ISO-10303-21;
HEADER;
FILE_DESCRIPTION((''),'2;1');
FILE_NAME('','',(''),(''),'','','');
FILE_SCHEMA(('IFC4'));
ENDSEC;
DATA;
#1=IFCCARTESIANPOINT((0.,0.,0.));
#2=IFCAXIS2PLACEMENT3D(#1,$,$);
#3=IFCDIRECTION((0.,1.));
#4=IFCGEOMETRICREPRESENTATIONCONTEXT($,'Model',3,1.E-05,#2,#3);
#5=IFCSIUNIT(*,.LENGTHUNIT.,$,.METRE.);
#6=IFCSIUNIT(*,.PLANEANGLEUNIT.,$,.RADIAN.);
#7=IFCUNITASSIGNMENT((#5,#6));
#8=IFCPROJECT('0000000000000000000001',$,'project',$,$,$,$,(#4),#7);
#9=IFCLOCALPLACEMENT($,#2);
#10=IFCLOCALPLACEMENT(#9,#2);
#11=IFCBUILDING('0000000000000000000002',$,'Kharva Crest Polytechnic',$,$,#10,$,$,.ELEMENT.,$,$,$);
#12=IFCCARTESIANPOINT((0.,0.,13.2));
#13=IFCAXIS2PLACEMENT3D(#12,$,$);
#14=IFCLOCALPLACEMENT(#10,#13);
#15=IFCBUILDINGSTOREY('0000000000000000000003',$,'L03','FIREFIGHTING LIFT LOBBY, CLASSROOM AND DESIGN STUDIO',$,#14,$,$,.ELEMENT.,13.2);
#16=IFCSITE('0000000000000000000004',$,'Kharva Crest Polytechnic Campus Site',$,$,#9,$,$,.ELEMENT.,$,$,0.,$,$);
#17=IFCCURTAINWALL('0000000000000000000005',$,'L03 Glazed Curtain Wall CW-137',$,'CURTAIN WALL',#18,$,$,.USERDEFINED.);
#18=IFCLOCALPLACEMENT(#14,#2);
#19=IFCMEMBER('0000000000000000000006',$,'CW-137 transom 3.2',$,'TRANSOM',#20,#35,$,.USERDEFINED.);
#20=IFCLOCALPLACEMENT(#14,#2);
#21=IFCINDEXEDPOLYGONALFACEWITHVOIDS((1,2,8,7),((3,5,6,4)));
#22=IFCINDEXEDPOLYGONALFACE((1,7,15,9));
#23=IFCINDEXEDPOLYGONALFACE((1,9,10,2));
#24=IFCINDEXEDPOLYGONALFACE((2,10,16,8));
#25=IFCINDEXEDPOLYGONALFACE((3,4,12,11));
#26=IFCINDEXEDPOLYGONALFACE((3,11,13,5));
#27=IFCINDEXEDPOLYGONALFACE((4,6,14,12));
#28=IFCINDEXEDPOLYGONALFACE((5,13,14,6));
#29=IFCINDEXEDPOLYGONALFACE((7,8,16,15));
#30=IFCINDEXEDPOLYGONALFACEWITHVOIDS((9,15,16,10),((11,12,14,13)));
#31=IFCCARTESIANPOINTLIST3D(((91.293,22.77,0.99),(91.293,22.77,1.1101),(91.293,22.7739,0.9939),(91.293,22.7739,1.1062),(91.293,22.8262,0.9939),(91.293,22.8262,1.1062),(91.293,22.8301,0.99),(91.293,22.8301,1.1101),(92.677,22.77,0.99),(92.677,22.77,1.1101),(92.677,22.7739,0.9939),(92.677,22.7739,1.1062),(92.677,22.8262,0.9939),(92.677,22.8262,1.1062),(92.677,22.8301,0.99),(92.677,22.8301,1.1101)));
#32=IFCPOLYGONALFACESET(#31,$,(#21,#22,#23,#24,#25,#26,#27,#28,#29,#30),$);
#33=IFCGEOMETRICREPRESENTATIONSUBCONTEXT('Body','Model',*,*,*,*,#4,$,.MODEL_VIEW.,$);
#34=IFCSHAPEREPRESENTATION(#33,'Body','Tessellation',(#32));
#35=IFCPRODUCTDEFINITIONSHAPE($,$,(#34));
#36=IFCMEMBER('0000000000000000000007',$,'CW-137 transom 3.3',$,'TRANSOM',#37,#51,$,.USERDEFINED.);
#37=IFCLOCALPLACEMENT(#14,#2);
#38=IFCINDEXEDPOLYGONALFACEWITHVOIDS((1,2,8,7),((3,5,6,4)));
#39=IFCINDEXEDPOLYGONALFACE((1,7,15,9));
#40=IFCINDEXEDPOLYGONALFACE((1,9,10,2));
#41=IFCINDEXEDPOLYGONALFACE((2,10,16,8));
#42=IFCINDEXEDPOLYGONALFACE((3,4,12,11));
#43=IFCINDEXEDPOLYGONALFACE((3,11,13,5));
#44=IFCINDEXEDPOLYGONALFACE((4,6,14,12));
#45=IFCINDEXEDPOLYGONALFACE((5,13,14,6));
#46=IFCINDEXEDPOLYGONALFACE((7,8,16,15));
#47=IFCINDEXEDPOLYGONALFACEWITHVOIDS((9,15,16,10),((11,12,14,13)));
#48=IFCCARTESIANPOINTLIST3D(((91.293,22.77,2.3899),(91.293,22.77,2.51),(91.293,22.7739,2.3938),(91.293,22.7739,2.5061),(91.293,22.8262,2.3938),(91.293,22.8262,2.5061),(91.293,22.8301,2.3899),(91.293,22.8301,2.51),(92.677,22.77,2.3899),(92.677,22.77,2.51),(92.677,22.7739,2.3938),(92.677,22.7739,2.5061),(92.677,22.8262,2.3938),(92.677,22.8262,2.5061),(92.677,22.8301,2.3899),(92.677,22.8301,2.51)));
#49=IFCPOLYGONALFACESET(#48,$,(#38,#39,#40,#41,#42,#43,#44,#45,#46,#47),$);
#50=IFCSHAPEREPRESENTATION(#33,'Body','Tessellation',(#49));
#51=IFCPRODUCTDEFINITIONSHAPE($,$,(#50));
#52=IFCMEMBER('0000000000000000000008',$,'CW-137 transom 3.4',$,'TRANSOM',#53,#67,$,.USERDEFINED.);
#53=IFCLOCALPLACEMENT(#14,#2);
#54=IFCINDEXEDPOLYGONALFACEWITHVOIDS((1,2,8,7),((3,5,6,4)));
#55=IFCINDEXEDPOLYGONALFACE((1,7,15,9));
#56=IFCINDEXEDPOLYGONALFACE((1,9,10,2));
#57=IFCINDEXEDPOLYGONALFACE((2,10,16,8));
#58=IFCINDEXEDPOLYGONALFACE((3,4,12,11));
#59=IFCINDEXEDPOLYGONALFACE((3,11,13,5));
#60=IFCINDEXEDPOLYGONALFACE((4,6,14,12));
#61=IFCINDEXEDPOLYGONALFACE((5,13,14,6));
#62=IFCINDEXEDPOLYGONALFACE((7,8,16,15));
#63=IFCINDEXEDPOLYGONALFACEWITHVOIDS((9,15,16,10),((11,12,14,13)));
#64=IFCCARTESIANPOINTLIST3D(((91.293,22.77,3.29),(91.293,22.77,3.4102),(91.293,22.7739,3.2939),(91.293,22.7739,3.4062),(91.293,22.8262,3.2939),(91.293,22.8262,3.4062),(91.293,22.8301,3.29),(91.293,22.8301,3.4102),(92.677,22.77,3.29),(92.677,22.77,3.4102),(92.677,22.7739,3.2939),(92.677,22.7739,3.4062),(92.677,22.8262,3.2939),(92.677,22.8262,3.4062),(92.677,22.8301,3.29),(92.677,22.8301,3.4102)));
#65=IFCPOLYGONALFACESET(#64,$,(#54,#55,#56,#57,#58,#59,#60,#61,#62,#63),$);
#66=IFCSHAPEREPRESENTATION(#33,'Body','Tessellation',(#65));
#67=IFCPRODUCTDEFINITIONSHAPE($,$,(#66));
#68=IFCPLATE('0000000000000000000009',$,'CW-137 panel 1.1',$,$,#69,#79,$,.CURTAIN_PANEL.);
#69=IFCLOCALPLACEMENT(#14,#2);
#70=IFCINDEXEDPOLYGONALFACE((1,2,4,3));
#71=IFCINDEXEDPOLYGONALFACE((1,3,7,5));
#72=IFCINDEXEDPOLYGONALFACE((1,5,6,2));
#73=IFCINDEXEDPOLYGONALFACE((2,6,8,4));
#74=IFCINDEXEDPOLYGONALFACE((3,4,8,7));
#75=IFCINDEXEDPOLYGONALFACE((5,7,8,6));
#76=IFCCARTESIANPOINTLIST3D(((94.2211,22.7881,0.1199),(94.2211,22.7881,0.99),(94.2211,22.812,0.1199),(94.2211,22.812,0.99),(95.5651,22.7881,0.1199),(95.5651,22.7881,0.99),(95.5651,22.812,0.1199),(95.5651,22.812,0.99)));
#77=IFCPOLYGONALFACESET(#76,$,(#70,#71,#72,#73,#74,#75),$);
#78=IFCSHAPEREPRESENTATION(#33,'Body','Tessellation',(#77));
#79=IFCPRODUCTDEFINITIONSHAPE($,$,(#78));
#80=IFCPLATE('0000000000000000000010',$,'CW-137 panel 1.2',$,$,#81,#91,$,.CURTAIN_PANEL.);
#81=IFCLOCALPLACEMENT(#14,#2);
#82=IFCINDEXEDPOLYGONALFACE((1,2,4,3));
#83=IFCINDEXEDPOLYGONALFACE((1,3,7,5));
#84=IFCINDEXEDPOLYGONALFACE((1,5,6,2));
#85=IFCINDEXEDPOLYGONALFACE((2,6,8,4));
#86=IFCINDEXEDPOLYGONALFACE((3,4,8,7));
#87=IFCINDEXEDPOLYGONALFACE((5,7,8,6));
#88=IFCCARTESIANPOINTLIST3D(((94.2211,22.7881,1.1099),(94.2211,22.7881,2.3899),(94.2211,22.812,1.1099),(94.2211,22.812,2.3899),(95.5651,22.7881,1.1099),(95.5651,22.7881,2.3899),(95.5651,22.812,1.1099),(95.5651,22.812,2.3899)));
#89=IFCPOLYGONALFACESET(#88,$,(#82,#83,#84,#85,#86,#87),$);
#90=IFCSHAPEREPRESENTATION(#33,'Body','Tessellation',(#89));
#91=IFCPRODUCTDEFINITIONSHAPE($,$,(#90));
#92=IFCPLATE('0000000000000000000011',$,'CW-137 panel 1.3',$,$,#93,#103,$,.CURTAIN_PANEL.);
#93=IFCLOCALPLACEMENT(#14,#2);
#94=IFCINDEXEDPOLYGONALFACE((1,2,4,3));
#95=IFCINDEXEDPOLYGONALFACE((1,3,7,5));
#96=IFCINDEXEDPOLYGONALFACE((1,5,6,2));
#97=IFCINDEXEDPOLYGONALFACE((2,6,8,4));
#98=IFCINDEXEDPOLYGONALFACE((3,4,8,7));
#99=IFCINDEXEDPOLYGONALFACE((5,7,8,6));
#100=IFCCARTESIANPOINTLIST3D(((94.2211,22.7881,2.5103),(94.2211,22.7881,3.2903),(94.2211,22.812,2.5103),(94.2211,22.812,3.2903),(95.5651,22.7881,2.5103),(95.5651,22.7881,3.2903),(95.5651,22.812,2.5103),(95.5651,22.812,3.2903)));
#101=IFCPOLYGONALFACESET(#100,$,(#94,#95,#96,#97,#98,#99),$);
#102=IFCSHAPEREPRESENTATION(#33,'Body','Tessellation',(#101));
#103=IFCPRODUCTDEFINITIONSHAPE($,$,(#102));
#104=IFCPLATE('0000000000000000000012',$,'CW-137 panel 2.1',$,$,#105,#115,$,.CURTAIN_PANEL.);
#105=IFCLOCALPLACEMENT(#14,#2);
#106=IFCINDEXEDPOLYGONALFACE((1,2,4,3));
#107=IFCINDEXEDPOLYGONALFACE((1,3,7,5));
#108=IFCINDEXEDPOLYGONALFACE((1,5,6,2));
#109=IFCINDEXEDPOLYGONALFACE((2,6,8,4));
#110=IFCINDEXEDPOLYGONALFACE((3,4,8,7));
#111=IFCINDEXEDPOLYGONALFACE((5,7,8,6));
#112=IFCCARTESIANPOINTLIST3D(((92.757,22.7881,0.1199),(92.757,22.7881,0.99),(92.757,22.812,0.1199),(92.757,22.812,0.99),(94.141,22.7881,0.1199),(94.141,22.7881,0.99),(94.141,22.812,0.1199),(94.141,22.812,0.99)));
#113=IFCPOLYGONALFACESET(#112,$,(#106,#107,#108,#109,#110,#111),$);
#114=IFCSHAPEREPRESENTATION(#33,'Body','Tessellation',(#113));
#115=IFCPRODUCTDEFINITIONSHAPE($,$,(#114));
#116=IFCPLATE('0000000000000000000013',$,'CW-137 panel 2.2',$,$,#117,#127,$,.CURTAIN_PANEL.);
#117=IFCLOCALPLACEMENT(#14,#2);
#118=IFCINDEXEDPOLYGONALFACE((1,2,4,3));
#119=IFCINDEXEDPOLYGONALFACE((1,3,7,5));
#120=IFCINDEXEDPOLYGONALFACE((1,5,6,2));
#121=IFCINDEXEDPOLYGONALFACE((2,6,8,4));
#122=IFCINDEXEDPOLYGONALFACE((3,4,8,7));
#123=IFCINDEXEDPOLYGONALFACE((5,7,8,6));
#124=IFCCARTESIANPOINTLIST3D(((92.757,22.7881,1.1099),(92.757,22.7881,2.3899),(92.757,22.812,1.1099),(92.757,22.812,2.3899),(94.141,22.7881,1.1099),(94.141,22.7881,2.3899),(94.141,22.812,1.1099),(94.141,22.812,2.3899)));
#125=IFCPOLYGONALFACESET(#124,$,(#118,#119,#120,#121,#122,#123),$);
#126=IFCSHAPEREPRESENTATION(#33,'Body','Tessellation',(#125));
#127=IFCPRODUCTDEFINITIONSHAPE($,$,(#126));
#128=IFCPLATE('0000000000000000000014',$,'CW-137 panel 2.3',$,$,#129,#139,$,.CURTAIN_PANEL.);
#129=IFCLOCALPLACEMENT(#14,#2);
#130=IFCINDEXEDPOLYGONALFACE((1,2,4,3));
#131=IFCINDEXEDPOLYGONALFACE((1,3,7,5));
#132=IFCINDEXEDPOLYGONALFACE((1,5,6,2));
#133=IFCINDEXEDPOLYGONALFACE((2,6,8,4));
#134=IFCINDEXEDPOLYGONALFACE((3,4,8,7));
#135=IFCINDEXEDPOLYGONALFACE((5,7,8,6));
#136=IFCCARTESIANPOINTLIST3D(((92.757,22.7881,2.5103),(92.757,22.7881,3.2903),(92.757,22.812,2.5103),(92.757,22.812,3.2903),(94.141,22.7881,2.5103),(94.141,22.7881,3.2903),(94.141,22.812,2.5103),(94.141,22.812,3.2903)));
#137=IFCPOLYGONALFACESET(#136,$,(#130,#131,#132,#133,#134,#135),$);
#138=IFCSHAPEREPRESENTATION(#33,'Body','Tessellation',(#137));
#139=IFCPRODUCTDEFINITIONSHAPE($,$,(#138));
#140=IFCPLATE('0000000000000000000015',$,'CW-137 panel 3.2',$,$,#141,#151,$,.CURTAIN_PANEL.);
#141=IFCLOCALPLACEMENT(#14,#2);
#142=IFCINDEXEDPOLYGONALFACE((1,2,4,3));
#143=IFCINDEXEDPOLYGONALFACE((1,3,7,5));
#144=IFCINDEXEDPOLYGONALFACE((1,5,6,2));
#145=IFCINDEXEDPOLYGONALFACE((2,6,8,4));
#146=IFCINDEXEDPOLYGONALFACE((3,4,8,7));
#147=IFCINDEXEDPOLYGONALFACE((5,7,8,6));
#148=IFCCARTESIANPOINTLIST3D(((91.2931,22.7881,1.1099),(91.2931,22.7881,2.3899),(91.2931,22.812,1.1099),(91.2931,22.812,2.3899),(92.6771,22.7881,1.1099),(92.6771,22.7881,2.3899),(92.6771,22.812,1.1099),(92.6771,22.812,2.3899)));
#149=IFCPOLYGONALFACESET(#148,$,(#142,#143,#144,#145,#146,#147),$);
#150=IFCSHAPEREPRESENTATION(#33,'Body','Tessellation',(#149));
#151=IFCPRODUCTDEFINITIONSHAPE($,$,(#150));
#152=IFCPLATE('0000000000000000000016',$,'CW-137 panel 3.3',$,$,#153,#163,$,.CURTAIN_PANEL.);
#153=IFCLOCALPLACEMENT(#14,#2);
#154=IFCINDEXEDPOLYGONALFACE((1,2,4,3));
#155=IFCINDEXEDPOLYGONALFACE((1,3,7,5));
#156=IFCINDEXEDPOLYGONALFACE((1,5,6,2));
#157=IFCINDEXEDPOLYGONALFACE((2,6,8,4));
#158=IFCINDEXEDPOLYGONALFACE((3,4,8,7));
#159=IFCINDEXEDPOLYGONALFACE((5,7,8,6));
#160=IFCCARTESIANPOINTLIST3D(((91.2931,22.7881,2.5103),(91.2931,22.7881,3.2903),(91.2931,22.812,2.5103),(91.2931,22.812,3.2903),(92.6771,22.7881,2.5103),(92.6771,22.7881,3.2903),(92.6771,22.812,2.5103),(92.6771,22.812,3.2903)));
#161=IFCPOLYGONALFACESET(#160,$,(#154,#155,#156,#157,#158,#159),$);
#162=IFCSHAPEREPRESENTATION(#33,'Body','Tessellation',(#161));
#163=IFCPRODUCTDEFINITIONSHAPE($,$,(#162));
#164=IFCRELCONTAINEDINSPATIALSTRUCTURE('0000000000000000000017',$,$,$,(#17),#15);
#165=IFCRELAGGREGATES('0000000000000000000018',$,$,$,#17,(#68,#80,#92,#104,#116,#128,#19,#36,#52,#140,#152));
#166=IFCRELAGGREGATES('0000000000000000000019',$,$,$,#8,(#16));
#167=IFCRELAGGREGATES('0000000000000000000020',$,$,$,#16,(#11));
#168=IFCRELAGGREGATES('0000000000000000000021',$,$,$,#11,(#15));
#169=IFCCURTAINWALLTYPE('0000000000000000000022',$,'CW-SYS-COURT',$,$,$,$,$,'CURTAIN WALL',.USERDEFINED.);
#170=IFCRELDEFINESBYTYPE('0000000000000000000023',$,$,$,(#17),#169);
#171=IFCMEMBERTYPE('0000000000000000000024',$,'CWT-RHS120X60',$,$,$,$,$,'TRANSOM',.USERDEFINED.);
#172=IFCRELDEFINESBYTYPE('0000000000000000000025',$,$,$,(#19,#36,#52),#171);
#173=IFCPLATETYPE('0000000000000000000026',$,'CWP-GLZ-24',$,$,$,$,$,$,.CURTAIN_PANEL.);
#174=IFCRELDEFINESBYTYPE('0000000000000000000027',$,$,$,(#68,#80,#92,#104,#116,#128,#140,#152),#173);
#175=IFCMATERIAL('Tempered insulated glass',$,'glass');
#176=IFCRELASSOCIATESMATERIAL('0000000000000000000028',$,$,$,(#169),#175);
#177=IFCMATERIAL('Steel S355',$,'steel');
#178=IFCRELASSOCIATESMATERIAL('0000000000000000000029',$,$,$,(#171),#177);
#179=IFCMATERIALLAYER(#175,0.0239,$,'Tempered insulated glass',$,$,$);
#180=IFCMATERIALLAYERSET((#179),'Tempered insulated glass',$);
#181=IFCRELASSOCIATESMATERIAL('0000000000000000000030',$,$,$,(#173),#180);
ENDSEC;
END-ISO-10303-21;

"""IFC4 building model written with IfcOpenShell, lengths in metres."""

from ifc_helpers import new_model, si_unit, direction, frame, origin, origin_2d, place, context, subcontext, project, spatial, rectangle, hollow_rectangle, extrude, material, layer, layer_set, material_profile, profile_set, type_object, element, aggregate, save


model = new_model("IFC4")

# Units and contexts
model_context = context("Model", 3, precision=1e-05, world=origin(), true_north=direction((0.0, 1.0)))
body_context = subcontext(model_context, "Body", "Model", "MODEL_VIEW")
ifc_project = project(units=[si_unit("LENGTHUNIT", "METRE"), si_unit("PLANEANGLEUNIT", "RADIAN")], contexts=[model_context])

# Site, building, storey
site_placement = place(None, origin())
site = spatial("IfcSite", under=ifc_project, at=site_placement, Name="Kharva Crest Polytechnic Campus Site", CompositionType="ELEMENT", RefElevation=0.0)
building_placement = place(site_placement, origin())
building = spatial("IfcBuilding", under=site, at=building_placement, Name="Kharva Crest Polytechnic", CompositionType="ELEMENT")
storey_placement = place(building_placement, frame((0.0, 0.0, 13.2)))
storey = spatial("IfcBuildingStorey", under=building, at=storey_placement, Name="L03", Description="FIREFIGHTING LIFT LOBBY, CLASSROOM AND DESIGN STUDIO", CompositionType="ELEMENT", Elevation=13.2)

# Curtain wall, members, plates
ifc_material_1 = material(Name="Tempered insulated glass", Category="glass")
curtain_wall_type = type_object("IfcCurtainWallType", Name="CW-SYS-COURT", ElementType="CURTAIN WALL", PredefinedType="USERDEFINED", material=ifc_material_1)
curtain_wall_placement = place(storey_placement, origin())
curtain_wall = element("IfcCurtainWall", 1, at=curtain_wall_placement, inside=storey, type_object=curtain_wall_type, Name="L03 Glazed Curtain Wall CW-137", ObjectType="CURTAIN WALL", PredefinedType="USERDEFINED")
ifc_material_2 = material(Name="Steel S355", Category="steel")
ifc_material_profile_1 = material_profile(ifc_material_2, hollow_rectangle(XDim=0.0601, YDim=0.1201, WallThickness=0.0039, at=origin_2d()), Name="RHS 120X60X4.0")
ifc_profile_set_1 = profile_set([ifc_material_profile_1], Name="Steel S355")
member_type_1 = type_object("IfcMemberType", Name="CWT-RHS120X60", ElementType="TRANSOM", PredefinedType="USERDEFINED", material=ifc_profile_set_1)
member_1_placement = place(storey_placement, frame((92.677, 22.8, 1.05), z_axis=(-1.0, 0.0, 0.0), x_axis=(0.0, -1.0, 0.0)))
member_1 = element("IfcMember", 2, at=member_1_placement, type_object=member_type_1, Name="CW-137 transom 3.2", ObjectType="TRANSOM", PredefinedType="USERDEFINED", context=body_context, shape_type="SweptSolid", body=[
    extrude(hollow_rectangle(XDim=0.0601, YDim=0.1201, WallThickness=0.0039, at=origin_2d()), origin(), (0.0, 0.0, 1.0), 1.384),
])
member_2_placement = place(storey_placement, frame((92.677, 22.8, 2.45), z_axis=(-1.0, 0.0, 0.0), x_axis=(0.0, -1.0, 0.0)))
member_2 = element("IfcMember", 3, at=member_2_placement, type_object=member_type_1, Name="CW-137 transom 3.3", ObjectType="TRANSOM", PredefinedType="USERDEFINED", context=body_context, shape_type="SweptSolid", body=[
    extrude(hollow_rectangle(XDim=0.0601, YDim=0.1201, WallThickness=0.0039, at=origin_2d()), origin(), (0.0, 0.0, 1.0), 1.384),
])
member_3_placement = place(storey_placement, frame((92.677, 22.8, 3.3501), z_axis=(-1.0, 0.0, 0.0), x_axis=(0.0, -1.0, 0.0)))
member_3 = element("IfcMember", 4, at=member_3_placement, type_object=member_type_1, Name="CW-137 transom 3.4", ObjectType="TRANSOM", PredefinedType="USERDEFINED", context=body_context, shape_type="SweptSolid", body=[
    extrude(hollow_rectangle(XDim=0.0601, YDim=0.1201, WallThickness=0.0039, at=origin_2d()), origin(), (0.0, 0.0, 1.0), 1.384),
])
ifc_layer = layer(ifc_material_1, 0.0239, Name="Tempered insulated glass")
ifc_layer_set = layer_set([ifc_layer], Name="Tempered insulated glass")
plate_type = type_object("IfcPlateType", Name="CWP-GLZ-24", PredefinedType="CURTAIN_PANEL", material=ifc_layer_set)
plate_1_placement = place(storey_placement, frame((94.8931, 22.8, 0.1199), z_axis=(0.0, 0.0, 1.0), x_axis=(-1.0, 0.0, 0.0)))
plate_1 = element("IfcPlate", 5, at=plate_1_placement, type_object=plate_type, Name="CW-137 panel 1.1", PredefinedType="CURTAIN_PANEL", context=body_context, shape_type="SweptSolid", body=[
    extrude(rectangle(XDim=1.344, YDim=0.0239, at=origin_2d()), origin(), (0.0, 0.0, 1.0), 0.8701),
])
plate_2_placement = place(storey_placement, frame((94.8931, 22.8, 1.1099), z_axis=(0.0, 0.0, 1.0), x_axis=(-1.0, 0.0, 0.0)))
plate_2 = element("IfcPlate", 6, at=plate_2_placement, type_object=plate_type, Name="CW-137 panel 1.2", PredefinedType="CURTAIN_PANEL", context=body_context, shape_type="SweptSolid", body=[
    extrude(rectangle(XDim=1.344, YDim=0.0239, at=origin_2d()), origin(), (0.0, 0.0, 1.0), 1.28),
])
plate_3_placement = place(storey_placement, frame((94.8931, 22.8, 2.5103), z_axis=(0.0, 0.0, 1.0), x_axis=(-1.0, 0.0, 0.0)))
plate_3 = element("IfcPlate", 7, at=plate_3_placement, type_object=plate_type, Name="CW-137 panel 1.3", PredefinedType="CURTAIN_PANEL", context=body_context, shape_type="SweptSolid", body=[
    extrude(rectangle(XDim=1.344, YDim=0.0239, at=origin_2d()), origin(), (0.0, 0.0, 1.0), 0.78),
])
plate_4_placement = place(storey_placement, frame((93.449, 22.8, 0.1199), z_axis=(0.0, 0.0, 1.0), x_axis=(-1.0, 0.0, 0.0)))
plate_4 = element("IfcPlate", 8, at=plate_4_placement, type_object=plate_type, Name="CW-137 panel 2.1", PredefinedType="CURTAIN_PANEL", context=body_context, shape_type="SweptSolid", body=[
    extrude(rectangle(XDim=1.384, YDim=0.0239, at=origin_2d()), origin(), (0.0, 0.0, 1.0), 0.8701),
])
plate_5_placement = place(storey_placement, frame((93.449, 22.8, 1.1099), z_axis=(0.0, 0.0, 1.0), x_axis=(-1.0, 0.0, 0.0)))
plate_5 = element("IfcPlate", 9, at=plate_5_placement, type_object=plate_type, Name="CW-137 panel 2.2", PredefinedType="CURTAIN_PANEL", context=body_context, shape_type="SweptSolid", body=[
    extrude(rectangle(XDim=1.384, YDim=0.0239, at=origin_2d()), origin(), (0.0, 0.0, 1.0), 1.28),
])
plate_6_placement = place(storey_placement, frame((93.449, 22.8, 2.5103), z_axis=(0.0, 0.0, 1.0), x_axis=(-1.0, 0.0, 0.0)))
plate_6 = element("IfcPlate", 10, at=plate_6_placement, type_object=plate_type, Name="CW-137 panel 2.3", PredefinedType="CURTAIN_PANEL", context=body_context, shape_type="SweptSolid", body=[
    extrude(rectangle(XDim=1.384, YDim=0.0239, at=origin_2d()), origin(), (0.0, 0.0, 1.0), 0.78),
])
plate_7_placement = place(storey_placement, frame((91.9851, 22.8, 1.1099), z_axis=(0.0, 0.0, 1.0), x_axis=(-1.0, 0.0, 0.0)))
plate_7 = element("IfcPlate", 11, at=plate_7_placement, type_object=plate_type, Name="CW-137 panel 3.2", PredefinedType="CURTAIN_PANEL", context=body_context, shape_type="SweptSolid", body=[
    extrude(rectangle(XDim=1.384, YDim=0.0239, at=origin_2d()), origin(), (0.0, 0.0, 1.0), 1.28),
])
plate_8_placement = place(storey_placement, frame((91.9851, 22.8, 2.5103), z_axis=(0.0, 0.0, 1.0), x_axis=(-1.0, 0.0, 0.0)))
plate_8 = element("IfcPlate", 12, at=plate_8_placement, type_object=plate_type, Name="CW-137 panel 3.3", PredefinedType="CURTAIN_PANEL", context=body_context, shape_type="SweptSolid", body=[
    extrude(rectangle(XDim=1.384, YDim=0.0239, at=origin_2d()), origin(), (0.0, 0.0, 1.0), 0.78),
])
aggregate(curtain_wall, [plate_1, plate_2, plate_3, plate_4, plate_5, plate_6, member_1, member_2, member_3, plate_7, plate_8])

save(model, "model.ifc")
